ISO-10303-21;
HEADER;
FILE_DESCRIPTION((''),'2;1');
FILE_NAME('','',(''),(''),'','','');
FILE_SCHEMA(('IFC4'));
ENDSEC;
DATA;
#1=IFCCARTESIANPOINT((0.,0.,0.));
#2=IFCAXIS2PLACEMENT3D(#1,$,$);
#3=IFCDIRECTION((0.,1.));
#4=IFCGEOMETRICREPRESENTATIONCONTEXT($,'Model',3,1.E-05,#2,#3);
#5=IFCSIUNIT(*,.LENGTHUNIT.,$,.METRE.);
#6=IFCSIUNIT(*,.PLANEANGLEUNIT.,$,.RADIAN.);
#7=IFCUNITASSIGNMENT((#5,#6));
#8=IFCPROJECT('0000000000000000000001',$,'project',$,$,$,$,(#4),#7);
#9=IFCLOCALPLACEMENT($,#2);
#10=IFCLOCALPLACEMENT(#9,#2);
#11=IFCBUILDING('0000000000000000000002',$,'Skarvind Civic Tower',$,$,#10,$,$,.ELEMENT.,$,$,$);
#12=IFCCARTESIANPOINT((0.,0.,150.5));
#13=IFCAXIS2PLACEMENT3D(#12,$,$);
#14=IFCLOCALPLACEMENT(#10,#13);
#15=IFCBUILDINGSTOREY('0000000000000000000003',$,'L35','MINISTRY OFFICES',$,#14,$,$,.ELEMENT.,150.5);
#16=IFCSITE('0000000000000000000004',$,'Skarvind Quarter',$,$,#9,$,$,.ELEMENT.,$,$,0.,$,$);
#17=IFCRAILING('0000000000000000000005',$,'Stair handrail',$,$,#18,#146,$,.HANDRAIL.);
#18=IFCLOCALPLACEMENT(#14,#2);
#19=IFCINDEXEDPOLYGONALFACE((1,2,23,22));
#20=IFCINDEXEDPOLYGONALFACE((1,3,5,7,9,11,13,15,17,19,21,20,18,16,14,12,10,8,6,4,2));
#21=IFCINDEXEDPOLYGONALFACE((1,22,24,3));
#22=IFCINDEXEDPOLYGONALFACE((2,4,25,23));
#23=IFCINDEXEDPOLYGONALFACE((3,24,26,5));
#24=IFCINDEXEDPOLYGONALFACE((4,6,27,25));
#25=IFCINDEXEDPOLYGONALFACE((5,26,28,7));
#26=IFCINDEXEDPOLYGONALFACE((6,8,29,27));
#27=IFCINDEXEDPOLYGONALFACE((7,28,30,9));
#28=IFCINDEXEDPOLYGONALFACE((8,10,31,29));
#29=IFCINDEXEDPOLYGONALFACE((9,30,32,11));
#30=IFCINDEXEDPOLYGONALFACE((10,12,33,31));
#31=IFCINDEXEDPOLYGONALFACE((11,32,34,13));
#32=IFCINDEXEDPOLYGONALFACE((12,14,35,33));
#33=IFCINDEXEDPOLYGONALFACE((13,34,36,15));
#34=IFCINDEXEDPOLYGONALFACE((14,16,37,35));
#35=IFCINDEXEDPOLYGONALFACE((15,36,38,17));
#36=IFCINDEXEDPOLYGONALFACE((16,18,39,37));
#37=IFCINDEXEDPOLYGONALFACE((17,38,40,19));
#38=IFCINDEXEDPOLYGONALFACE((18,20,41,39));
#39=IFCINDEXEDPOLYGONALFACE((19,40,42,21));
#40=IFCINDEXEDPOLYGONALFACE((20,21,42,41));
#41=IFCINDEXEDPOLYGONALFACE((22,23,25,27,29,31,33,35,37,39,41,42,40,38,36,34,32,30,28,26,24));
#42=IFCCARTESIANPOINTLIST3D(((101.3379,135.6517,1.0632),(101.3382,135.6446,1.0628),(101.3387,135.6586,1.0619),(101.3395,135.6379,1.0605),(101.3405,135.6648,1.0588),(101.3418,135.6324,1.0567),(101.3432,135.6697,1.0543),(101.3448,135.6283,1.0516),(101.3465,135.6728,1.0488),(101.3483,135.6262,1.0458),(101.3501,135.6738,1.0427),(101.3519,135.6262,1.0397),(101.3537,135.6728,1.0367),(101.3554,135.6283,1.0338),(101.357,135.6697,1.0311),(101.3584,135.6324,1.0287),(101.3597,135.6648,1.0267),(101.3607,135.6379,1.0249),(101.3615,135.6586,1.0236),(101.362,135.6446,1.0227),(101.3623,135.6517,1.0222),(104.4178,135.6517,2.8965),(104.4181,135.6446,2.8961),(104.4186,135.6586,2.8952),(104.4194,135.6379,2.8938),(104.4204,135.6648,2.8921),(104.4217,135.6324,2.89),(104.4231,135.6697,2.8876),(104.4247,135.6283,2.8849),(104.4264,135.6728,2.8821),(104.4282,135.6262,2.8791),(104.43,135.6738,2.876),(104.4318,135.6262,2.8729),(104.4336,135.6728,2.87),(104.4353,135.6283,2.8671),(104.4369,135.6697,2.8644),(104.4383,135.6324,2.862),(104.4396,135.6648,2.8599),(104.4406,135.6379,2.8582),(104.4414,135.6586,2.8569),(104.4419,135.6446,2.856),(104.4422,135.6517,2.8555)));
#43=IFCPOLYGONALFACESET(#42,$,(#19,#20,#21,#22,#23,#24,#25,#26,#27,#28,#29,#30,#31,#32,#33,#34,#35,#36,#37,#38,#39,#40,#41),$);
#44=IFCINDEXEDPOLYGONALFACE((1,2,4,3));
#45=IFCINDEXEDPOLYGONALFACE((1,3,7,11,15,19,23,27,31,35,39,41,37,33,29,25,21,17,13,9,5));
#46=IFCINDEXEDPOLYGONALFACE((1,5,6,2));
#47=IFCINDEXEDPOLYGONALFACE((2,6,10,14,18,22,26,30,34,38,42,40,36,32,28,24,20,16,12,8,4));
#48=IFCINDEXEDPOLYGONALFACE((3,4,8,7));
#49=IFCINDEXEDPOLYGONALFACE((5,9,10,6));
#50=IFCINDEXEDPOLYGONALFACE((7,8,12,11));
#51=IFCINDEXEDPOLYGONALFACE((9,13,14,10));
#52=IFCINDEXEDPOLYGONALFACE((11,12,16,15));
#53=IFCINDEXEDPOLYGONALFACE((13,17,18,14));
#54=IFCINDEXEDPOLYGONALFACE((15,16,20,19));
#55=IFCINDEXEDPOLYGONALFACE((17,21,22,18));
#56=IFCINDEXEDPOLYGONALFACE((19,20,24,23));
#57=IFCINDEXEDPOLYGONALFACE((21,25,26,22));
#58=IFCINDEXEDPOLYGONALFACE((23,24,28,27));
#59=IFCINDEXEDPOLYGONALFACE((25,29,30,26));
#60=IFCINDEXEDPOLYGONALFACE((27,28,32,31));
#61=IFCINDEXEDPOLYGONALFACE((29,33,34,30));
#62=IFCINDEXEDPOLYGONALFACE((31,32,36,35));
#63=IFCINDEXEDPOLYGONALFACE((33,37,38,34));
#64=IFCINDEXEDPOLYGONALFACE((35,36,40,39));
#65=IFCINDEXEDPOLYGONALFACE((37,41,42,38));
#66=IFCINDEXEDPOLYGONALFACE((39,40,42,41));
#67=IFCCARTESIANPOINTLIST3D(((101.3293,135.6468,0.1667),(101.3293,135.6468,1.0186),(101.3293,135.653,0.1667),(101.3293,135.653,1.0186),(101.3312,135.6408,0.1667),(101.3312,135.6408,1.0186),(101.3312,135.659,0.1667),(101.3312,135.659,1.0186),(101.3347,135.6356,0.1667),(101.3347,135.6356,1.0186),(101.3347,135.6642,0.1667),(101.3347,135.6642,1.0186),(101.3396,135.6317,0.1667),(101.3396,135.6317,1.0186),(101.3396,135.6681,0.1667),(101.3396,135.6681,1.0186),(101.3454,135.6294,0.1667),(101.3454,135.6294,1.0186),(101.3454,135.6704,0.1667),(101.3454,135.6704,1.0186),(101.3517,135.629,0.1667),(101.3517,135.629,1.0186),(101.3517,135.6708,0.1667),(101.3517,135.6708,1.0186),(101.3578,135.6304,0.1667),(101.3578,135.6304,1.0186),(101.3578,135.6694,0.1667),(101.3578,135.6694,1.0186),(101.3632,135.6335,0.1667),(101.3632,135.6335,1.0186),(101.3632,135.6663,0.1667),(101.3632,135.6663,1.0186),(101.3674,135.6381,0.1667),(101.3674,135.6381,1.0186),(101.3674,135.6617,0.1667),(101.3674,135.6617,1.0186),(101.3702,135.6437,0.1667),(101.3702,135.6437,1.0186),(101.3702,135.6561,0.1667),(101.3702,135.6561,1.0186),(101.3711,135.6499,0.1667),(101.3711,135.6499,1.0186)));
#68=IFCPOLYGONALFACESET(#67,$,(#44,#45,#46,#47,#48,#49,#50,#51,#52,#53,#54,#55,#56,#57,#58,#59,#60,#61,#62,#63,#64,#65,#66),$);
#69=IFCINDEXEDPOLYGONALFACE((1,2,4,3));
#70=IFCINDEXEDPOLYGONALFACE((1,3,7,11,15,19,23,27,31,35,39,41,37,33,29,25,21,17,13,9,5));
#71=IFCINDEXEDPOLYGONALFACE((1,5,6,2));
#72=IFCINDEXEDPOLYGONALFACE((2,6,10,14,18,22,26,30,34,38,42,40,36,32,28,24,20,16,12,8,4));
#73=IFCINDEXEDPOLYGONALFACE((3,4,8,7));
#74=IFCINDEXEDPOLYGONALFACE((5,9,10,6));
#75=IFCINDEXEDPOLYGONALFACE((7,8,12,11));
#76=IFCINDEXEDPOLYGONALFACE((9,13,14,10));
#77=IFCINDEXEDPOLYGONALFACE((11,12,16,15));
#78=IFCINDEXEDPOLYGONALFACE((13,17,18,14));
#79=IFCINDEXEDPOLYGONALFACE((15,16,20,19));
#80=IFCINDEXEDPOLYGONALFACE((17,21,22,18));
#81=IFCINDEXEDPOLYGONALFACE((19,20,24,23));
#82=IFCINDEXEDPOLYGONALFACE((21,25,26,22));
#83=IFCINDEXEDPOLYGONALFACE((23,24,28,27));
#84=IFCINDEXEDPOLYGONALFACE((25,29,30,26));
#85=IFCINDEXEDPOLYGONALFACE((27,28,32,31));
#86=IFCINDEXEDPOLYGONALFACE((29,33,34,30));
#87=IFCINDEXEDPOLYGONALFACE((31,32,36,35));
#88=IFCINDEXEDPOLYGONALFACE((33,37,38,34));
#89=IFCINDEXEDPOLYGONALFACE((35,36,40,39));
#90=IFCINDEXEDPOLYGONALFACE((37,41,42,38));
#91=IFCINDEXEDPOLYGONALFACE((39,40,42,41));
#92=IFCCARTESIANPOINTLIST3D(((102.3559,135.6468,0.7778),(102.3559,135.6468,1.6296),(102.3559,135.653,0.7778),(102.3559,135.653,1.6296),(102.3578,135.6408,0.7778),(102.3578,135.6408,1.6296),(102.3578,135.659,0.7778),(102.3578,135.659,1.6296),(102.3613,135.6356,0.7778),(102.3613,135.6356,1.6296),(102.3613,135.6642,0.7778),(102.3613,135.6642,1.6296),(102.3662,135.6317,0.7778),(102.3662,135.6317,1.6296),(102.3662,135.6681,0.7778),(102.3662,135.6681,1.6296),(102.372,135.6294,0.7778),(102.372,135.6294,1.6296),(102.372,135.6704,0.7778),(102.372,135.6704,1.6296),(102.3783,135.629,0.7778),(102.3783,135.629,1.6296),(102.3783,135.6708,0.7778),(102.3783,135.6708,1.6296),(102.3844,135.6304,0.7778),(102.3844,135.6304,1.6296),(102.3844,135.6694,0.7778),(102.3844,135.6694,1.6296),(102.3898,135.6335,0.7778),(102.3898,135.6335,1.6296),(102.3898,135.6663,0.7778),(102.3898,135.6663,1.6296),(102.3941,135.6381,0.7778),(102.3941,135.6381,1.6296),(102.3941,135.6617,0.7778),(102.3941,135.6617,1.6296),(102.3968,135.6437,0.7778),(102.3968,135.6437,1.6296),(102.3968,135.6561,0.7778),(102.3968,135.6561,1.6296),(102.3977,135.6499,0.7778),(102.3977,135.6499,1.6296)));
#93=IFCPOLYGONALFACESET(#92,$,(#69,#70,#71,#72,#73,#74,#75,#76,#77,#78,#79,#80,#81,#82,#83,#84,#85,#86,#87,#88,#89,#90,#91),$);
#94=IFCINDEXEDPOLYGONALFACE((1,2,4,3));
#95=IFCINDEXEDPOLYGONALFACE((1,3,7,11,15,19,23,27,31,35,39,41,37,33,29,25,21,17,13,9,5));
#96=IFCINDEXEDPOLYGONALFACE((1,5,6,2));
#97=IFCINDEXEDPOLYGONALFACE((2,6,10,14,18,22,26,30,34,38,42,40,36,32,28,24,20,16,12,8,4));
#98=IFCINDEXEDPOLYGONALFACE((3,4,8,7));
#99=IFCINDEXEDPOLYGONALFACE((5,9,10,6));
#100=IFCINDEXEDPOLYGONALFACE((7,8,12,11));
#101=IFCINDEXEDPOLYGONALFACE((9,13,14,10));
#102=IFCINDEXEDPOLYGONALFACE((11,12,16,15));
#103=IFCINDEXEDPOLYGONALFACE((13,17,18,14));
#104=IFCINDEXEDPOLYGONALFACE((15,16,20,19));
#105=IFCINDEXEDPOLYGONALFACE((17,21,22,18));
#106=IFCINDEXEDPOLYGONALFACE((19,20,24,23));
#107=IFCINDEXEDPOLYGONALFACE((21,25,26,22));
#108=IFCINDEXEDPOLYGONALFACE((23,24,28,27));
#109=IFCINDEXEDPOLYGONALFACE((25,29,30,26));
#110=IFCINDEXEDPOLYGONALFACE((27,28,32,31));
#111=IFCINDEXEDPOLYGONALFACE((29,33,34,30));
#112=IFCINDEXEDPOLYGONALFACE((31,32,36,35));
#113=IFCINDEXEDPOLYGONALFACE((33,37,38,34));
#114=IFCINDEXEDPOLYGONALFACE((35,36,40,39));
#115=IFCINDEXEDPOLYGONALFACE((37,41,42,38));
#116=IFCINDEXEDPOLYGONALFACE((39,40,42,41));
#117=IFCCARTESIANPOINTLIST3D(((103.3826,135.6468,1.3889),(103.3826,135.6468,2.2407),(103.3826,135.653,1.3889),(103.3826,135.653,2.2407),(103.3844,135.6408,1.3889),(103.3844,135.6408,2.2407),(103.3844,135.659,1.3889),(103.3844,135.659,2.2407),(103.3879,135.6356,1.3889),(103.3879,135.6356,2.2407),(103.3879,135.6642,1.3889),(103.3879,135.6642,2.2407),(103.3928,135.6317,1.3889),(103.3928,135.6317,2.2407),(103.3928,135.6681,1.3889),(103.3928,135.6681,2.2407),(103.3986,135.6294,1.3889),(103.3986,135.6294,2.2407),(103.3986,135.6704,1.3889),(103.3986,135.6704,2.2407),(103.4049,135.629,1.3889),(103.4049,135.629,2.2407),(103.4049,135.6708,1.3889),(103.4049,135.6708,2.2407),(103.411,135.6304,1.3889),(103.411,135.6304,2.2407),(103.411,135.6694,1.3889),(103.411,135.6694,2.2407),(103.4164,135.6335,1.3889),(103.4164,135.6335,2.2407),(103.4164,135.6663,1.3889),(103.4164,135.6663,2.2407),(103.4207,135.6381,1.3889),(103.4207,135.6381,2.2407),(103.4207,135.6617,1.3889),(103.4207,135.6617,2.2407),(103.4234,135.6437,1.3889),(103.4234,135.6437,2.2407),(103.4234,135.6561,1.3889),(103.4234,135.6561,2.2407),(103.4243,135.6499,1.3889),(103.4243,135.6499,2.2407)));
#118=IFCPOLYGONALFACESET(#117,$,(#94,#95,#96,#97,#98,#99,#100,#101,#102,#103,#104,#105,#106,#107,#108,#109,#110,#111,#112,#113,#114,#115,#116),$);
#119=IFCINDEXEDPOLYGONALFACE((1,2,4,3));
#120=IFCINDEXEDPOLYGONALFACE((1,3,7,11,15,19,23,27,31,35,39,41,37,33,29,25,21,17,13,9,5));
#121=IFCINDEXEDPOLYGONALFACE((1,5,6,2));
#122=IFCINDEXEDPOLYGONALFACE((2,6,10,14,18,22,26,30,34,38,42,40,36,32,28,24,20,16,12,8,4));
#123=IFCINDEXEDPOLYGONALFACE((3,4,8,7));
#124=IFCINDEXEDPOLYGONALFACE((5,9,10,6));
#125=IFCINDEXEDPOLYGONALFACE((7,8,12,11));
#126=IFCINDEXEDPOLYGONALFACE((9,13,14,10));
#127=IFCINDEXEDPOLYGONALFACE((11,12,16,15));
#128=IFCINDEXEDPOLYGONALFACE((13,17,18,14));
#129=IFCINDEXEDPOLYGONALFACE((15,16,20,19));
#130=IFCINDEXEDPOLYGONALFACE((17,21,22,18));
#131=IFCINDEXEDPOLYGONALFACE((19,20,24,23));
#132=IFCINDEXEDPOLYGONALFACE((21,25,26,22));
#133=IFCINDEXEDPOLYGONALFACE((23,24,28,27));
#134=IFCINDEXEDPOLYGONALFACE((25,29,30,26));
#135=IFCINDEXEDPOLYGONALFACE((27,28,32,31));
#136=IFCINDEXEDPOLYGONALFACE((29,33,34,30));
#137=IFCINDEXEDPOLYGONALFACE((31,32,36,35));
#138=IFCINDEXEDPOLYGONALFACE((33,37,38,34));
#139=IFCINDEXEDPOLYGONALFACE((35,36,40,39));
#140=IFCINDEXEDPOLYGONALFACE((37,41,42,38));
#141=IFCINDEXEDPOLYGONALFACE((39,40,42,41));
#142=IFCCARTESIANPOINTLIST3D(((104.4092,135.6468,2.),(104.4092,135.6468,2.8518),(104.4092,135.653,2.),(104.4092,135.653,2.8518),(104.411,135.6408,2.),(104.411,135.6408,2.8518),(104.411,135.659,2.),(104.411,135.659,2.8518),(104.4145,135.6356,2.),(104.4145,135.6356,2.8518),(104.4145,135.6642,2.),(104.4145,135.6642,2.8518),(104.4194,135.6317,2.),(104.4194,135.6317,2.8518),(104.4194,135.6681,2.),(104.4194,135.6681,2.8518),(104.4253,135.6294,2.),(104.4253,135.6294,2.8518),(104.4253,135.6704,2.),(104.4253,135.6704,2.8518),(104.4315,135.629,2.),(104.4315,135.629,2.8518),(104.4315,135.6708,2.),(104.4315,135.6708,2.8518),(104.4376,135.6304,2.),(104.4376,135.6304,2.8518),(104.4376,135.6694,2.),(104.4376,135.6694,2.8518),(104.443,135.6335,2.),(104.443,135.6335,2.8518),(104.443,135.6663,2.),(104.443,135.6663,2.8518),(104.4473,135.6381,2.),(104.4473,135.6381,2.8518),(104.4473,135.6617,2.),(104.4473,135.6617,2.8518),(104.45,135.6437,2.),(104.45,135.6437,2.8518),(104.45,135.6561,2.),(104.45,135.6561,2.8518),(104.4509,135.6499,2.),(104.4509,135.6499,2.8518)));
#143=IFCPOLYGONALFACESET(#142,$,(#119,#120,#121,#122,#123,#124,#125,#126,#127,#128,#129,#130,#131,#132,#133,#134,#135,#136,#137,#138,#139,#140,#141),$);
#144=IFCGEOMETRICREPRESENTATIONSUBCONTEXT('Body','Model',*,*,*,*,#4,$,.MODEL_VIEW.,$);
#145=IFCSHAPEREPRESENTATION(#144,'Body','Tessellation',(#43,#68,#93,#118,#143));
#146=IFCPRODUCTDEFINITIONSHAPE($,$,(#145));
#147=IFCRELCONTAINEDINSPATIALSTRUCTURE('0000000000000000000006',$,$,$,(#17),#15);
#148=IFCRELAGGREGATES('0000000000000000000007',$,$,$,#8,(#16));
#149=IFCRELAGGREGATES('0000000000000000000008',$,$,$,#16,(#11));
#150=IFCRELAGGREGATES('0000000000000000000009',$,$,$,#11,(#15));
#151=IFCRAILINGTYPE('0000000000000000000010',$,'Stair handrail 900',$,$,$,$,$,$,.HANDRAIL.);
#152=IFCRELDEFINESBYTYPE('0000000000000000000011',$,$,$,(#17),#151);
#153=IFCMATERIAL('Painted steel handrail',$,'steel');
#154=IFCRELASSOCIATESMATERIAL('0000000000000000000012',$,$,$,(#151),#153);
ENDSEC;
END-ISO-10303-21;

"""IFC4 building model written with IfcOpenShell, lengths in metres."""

from ifc_helpers import new_model, si_unit, direction, frame, origin, origin_2d, place, context, subcontext, project, spatial, circle, extrude, material, type_object, element, save


model = new_model("IFC4")

# Units and contexts
model_context = context("Model", 3, precision=1e-05, world=origin(), true_north=direction((0.0, 1.0)))
body_context = subcontext(model_context, "Body", "Model", "MODEL_VIEW")
ifc_project = project(units=[si_unit("LENGTHUNIT", "METRE"), si_unit("PLANEANGLEUNIT", "RADIAN")], contexts=[model_context])

# Site, building, storey
site_placement = place(None, origin())
site = spatial("IfcSite", under=ifc_project, at=site_placement, Name="Skarvind Quarter", CompositionType="ELEMENT", RefElevation=0.0)
building_placement = place(site_placement, origin())
building = spatial("IfcBuilding", under=site, at=building_placement, Name="Skarvind Civic Tower", CompositionType="ELEMENT")
storey_placement = place(building_placement, frame((0.0, 0.0, 150.5)))
storey = spatial("IfcBuildingStorey", under=building, at=storey_placement, Name="L35", Description="MINISTRY OFFICES", CompositionType="ELEMENT", Elevation=150.5)

# Railing
ifc_material_1 = material(Name="Painted steel handrail", Category="steel")
railing_type = type_object("IfcRailingType", Name="Stair handrail 900", PredefinedType="HANDRAIL", material=ifc_material_1)
railing_1_placement = place(storey_placement, frame((101.3501, 135.6499, 0.1667)))
element("IfcRailing", 1, at=railing_1_placement, inside=storey, type_object=railing_type, Name="Stair handrail", PredefinedType="HANDRAIL", context=body_context, shape_type="SweptSolid", body=[
    extrude(circle(Radius=0.0239, at=origin_2d()), frame((0.0, 0.0, 0.876), z_axis=(0.859291, 0.0, 0.511487), x_axis=(0.0, 1.0, 0.0)), (0.0, 0.0, 1.0), 3.5842),
    extrude(circle(Radius=0.021, at=origin_2d()), origin(), (0.0, 0.0, 1.0), 0.8518),
    extrude(circle(Radius=0.021, at=origin_2d()), frame((1.0266, 0.0, 0.6111)), (0.0, 0.0, 1.0), 0.8518),
    extrude(circle(Radius=0.021, at=origin_2d()), frame((2.0532, 0.0, 1.2222)), (0.0, 0.0, 1.0), 0.8518),
    extrude(circle(Radius=0.021, at=origin_2d()), frame((3.0798, 0.0, 1.8333)), (0.0, 0.0, 1.0), 0.8518),
])

save(model, "model.ifc")
